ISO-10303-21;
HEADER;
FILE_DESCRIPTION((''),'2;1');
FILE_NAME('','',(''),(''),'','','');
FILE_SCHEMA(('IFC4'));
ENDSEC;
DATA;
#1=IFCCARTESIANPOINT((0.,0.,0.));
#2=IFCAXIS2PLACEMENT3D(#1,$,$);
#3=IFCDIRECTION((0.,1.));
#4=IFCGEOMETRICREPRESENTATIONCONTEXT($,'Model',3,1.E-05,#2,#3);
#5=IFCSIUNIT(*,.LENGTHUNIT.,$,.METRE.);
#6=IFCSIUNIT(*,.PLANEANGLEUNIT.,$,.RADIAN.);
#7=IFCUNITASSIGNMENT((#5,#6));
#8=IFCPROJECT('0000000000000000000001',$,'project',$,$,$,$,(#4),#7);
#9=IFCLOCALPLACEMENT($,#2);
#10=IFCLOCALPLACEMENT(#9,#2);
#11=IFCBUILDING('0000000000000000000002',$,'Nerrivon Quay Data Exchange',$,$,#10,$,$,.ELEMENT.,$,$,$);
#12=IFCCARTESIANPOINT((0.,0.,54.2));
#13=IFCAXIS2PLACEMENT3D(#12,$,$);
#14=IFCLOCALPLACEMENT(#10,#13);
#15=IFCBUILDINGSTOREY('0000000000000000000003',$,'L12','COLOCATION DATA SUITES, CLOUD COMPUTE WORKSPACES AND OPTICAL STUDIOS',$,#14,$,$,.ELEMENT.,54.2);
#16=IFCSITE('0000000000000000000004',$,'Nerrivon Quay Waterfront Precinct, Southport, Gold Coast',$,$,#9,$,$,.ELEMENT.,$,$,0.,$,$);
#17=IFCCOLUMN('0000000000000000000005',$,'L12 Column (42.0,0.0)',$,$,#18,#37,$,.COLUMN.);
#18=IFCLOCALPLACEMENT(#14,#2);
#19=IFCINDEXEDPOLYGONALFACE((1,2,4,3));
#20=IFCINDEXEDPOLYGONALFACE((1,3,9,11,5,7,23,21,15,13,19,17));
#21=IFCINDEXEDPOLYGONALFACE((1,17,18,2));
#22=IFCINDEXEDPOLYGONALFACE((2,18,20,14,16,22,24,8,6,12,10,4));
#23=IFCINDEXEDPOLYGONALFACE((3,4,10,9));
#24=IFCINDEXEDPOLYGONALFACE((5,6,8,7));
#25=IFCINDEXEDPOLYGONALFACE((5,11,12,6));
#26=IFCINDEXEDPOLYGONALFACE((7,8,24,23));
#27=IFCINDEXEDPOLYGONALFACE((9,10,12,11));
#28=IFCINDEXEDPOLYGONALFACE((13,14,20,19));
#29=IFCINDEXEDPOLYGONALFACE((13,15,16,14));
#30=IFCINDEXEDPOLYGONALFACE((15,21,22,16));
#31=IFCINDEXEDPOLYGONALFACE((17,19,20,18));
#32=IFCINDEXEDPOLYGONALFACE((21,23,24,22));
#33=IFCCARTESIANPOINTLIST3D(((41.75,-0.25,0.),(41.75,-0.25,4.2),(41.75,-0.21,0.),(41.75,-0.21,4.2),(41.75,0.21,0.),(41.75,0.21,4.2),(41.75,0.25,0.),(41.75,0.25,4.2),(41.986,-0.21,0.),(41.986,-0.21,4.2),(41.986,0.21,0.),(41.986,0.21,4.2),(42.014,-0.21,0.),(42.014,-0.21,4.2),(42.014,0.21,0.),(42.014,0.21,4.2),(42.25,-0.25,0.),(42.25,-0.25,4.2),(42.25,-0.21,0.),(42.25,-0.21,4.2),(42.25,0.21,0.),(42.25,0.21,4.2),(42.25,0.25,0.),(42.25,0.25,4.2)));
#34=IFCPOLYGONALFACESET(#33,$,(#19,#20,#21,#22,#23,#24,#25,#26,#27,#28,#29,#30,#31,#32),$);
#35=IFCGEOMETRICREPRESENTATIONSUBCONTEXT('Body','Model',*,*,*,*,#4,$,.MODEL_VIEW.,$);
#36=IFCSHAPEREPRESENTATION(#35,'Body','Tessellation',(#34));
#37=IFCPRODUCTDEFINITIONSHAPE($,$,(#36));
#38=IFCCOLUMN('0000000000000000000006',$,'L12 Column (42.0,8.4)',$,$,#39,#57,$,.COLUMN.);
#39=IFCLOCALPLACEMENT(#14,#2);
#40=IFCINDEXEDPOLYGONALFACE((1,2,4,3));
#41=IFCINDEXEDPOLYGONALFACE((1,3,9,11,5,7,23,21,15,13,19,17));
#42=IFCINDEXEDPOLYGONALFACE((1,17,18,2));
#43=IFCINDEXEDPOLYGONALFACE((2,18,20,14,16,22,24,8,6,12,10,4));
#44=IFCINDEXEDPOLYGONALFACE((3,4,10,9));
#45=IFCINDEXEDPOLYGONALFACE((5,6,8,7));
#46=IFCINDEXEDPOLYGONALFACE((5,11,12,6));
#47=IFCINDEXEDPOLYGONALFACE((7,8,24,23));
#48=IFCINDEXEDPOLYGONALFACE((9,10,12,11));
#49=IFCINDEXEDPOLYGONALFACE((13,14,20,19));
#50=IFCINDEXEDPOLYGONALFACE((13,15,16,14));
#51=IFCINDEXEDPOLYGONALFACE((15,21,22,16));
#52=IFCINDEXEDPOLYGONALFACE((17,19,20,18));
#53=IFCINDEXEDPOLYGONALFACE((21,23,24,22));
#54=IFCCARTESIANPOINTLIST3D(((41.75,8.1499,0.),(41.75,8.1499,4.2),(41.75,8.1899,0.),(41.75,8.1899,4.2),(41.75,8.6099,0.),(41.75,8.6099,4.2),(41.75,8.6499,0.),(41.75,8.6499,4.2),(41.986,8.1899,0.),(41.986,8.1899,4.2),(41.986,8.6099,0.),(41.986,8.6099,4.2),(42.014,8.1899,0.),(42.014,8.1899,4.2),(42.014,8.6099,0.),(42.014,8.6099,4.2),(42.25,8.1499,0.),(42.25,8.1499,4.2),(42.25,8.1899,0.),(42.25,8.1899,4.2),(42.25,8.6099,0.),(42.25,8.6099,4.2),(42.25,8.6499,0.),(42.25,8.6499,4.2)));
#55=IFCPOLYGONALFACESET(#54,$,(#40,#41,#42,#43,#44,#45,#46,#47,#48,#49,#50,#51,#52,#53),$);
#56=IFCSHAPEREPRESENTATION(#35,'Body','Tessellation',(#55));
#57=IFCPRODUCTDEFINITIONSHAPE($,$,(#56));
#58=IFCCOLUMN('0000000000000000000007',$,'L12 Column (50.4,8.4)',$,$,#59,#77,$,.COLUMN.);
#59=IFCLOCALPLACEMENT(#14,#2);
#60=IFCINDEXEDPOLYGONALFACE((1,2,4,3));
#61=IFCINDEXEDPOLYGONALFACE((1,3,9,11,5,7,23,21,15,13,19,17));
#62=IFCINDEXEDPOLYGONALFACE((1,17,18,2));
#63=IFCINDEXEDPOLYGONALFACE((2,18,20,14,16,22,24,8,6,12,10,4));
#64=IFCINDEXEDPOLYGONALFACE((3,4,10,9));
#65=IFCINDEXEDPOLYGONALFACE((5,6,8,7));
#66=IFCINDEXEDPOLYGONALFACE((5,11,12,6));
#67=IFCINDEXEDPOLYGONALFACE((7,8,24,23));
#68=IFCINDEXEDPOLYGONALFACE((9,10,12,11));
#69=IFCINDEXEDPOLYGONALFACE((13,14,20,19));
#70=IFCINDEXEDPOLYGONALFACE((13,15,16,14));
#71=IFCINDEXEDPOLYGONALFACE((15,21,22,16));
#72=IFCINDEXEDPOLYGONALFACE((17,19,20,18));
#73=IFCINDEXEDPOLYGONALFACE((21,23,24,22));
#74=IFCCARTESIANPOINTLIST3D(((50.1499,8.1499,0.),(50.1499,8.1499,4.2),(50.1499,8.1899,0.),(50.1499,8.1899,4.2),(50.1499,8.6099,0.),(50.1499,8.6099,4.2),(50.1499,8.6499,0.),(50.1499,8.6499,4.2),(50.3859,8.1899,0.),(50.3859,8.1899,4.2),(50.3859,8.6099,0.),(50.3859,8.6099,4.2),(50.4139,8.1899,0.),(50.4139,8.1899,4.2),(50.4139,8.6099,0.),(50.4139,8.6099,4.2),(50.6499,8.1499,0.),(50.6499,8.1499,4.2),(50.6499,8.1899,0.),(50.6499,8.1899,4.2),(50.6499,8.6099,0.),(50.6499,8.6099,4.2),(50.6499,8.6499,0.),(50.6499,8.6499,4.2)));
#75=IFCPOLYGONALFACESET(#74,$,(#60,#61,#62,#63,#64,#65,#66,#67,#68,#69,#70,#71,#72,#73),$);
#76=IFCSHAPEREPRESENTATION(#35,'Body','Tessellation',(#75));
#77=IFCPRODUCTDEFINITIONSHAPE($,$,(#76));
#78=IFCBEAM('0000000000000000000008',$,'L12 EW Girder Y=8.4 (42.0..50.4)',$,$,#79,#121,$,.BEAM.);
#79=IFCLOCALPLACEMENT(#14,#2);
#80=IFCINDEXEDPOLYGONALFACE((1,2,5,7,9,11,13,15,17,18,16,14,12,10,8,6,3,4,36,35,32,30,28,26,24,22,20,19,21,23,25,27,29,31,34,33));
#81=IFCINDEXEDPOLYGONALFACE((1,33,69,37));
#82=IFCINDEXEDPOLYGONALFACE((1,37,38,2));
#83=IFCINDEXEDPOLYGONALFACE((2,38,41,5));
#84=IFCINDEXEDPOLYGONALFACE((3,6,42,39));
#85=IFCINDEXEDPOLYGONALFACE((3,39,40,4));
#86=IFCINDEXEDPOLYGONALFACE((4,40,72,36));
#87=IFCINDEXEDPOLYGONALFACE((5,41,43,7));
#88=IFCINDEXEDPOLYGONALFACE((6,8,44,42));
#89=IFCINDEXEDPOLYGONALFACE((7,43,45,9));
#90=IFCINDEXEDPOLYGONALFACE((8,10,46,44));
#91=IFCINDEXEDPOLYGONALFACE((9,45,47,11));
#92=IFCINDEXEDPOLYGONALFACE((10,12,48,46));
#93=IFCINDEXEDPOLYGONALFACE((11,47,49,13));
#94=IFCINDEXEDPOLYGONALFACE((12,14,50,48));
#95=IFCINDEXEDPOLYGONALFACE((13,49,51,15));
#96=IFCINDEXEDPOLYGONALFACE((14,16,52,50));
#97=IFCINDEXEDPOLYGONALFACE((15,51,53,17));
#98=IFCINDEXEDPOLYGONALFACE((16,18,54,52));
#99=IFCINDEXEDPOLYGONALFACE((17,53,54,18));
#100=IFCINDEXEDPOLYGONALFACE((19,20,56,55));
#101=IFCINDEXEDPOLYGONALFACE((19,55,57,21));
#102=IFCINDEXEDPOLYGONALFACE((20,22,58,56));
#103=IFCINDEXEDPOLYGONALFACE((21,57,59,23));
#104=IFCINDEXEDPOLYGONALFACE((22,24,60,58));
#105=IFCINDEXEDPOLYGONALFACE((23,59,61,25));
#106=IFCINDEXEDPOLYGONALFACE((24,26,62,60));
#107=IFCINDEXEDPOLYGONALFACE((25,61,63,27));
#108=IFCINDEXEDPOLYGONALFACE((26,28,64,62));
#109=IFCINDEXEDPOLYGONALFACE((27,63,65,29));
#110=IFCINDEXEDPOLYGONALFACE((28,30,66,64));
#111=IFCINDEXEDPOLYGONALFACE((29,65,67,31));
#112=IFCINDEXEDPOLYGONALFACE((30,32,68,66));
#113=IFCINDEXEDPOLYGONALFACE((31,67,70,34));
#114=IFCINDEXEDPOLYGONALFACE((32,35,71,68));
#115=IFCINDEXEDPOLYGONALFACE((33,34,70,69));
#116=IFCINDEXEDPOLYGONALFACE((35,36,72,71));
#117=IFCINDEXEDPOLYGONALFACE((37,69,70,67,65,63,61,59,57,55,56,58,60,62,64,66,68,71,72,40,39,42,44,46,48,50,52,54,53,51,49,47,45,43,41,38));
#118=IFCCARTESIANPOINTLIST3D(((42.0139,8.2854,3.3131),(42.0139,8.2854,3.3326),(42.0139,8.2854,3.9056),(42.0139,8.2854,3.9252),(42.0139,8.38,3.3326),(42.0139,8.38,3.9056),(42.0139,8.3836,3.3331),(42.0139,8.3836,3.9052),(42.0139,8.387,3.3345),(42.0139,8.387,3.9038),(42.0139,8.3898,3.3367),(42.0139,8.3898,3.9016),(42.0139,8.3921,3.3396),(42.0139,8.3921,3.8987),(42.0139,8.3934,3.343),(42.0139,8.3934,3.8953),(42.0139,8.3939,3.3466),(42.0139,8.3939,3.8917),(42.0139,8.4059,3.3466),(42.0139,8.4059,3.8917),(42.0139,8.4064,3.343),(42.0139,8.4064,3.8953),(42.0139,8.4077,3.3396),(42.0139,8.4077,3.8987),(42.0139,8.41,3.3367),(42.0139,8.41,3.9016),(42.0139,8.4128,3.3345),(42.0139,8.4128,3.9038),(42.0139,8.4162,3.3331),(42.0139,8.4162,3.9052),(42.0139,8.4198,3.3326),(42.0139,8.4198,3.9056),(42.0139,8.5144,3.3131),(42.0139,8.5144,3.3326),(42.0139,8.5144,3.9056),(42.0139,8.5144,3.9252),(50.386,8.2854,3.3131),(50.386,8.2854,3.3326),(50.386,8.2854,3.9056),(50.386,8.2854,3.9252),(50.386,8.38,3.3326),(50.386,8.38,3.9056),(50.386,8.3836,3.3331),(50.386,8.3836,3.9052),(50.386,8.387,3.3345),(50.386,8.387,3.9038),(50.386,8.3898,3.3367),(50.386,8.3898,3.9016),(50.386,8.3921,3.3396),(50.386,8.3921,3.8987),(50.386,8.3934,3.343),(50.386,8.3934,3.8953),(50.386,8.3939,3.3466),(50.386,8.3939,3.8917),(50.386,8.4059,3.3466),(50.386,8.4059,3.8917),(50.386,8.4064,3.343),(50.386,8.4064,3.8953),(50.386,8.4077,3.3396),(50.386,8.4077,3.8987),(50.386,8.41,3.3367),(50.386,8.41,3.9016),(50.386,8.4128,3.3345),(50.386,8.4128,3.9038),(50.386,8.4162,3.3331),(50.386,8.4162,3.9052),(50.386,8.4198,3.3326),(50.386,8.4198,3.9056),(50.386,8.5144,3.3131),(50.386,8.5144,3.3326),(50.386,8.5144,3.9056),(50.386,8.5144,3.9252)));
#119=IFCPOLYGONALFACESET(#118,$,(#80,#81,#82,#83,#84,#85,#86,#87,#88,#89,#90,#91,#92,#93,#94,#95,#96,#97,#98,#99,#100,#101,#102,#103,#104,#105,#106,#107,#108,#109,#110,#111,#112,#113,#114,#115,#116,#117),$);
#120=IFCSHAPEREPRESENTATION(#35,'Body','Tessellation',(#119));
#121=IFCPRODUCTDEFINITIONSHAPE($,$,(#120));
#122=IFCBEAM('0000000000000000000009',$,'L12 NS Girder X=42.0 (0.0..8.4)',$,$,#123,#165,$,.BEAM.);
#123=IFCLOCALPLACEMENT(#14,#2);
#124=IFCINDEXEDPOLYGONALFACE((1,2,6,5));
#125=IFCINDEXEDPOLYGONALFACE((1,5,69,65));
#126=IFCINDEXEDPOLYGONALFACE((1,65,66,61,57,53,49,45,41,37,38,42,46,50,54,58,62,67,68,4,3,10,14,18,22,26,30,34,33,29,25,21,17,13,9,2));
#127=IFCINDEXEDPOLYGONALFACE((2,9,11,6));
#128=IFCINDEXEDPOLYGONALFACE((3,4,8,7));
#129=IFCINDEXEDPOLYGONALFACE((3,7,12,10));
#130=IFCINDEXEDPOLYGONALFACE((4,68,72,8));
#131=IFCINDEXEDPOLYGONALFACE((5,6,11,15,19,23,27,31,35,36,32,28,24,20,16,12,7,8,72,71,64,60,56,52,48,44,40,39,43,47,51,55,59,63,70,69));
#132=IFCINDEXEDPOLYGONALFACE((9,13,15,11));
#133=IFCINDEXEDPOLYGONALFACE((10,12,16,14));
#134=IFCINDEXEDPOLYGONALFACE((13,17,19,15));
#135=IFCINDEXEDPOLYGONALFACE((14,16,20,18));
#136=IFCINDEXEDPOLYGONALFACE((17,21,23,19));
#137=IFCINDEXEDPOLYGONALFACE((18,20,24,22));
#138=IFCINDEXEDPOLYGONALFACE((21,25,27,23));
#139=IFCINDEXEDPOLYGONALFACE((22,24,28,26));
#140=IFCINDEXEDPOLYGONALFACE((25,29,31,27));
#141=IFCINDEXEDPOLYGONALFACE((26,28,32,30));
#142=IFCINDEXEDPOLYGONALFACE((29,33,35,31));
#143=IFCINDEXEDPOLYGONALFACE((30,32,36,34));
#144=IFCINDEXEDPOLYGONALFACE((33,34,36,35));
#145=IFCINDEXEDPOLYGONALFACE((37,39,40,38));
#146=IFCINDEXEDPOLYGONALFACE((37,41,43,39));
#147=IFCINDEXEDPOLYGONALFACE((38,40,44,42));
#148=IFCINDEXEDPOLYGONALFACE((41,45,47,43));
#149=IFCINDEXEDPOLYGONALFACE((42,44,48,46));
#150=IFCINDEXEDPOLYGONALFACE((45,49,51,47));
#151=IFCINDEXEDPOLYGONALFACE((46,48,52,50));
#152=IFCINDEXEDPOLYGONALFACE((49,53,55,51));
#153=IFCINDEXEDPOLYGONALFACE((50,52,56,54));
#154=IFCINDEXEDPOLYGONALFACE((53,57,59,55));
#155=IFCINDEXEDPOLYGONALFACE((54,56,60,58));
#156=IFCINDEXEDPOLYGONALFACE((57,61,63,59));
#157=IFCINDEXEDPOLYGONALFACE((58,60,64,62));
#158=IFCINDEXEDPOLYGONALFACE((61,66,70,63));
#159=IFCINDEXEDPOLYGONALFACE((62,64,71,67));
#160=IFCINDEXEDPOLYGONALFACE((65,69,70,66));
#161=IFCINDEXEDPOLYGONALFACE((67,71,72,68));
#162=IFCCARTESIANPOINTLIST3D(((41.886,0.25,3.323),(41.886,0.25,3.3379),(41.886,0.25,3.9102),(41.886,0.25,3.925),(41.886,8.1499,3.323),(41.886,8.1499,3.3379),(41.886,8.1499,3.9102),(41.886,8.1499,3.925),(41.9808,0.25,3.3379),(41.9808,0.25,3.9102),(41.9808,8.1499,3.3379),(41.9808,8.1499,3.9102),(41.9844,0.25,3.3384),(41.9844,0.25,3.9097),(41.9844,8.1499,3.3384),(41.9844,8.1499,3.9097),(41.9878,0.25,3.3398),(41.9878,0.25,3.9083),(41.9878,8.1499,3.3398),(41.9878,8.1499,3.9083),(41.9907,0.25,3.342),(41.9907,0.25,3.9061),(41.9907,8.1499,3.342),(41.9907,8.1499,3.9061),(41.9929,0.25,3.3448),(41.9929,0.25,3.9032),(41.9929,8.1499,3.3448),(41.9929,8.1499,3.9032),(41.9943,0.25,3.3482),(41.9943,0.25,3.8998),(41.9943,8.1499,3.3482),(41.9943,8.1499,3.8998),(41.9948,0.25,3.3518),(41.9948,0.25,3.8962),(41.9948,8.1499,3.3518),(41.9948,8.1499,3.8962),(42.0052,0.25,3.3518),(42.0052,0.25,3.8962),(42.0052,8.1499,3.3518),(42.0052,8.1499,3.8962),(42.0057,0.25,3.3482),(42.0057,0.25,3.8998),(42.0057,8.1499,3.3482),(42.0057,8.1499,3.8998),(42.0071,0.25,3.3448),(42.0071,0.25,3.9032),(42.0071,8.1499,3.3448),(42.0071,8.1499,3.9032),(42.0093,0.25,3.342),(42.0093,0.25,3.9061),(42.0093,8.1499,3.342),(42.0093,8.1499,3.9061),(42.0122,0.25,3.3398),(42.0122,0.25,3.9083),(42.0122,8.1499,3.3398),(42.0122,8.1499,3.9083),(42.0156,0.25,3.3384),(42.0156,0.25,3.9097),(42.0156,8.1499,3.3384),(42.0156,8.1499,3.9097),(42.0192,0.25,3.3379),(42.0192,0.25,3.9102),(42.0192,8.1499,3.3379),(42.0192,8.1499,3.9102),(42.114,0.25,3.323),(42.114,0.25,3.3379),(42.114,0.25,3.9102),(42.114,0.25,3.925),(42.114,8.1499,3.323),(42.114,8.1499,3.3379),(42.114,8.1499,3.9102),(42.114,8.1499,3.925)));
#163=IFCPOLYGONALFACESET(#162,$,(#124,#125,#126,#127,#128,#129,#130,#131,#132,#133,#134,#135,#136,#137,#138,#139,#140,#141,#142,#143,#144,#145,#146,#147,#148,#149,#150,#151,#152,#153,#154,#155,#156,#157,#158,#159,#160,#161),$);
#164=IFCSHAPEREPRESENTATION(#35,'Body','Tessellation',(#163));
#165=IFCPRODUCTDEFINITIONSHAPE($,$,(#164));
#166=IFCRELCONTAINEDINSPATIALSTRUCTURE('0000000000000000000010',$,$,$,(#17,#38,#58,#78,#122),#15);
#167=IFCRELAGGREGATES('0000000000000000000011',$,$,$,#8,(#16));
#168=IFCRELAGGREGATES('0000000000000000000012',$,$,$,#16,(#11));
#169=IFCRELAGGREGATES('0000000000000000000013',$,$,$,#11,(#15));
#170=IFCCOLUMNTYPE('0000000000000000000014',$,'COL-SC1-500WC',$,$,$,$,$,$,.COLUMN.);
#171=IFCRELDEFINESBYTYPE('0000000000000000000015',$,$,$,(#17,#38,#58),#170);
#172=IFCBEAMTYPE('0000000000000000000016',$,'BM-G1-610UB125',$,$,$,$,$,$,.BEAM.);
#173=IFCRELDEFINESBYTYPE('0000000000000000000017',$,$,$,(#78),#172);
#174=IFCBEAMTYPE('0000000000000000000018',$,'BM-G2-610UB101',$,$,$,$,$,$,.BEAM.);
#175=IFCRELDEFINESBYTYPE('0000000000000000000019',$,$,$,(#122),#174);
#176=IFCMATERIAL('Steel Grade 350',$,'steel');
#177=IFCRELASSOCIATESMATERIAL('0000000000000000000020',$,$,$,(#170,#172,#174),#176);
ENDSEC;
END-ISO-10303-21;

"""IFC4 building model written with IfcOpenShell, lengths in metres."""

from ifc_helpers import new_model, si_unit, direction, frame, origin, origin_2d, place, context, subcontext, project, spatial, i_section, extrude, material, material_profile, profile_set, type_object, element, save


model = new_model("IFC4")

# Units and contexts
model_context = context("Model", 3, precision=1e-05, world=origin(), true_north=direction((0.0, 1.0)))
body_context = subcontext(model_context, "Body", "Model", "MODEL_VIEW")
ifc_project = project(units=[si_unit("LENGTHUNIT", "METRE"), si_unit("PLANEANGLEUNIT", "RADIAN")], contexts=[model_context])

# Site, building, storey
site_placement = place(None, origin())
site = spatial("IfcSite", under=ifc_project, at=site_placement, Name="Nerrivon Quay Waterfront Precinct, Southport, Gold Coast", CompositionType="ELEMENT", RefElevation=0.0)
building_placement = place(site_placement, origin())
building = spatial("IfcBuilding", under=site, at=building_placement, Name="Nerrivon Quay Data Exchange", CompositionType="ELEMENT")
storey_placement = place(building_placement, frame((0.0, 0.0, 54.2)))
storey = spatial("IfcBuildingStorey", under=building, at=storey_placement, Name="L12", Description="COLOCATION DATA SUITES, CLOUD COMPUTE WORKSPACES AND OPTICAL STUDIOS", CompositionType="ELEMENT", Elevation=54.2)

# Columns
ifc_material_1 = material(Name="Steel Grade 350", Category="steel")
ifc_material_profile_1 = material_profile(ifc_material_1, i_section(OverallWidth=0.5, OverallDepth=0.5, WebThickness=0.0281, FlangeThickness=0.04, at=origin_2d()), Name="500WC440")
ifc_profile_set_1 = profile_set([ifc_material_profile_1], Name="Steel Grade 350")
column_type = type_object("IfcColumnType", Name="COL-SC1-500WC", PredefinedType="COLUMN", material=ifc_profile_set_1)
for number, where, z_axis, x_axis, name in (
    (1, (42.0, 0.0, 0.0), (0.0, 0.0, 1.0), (1.0, 0.0, 0.0), "L12 Column (42.0,0.0)"),
    (2, (42.0, 8.3999, 0.0), (0.0, 0.0, 1.0), (1.0, 0.0, 0.0), "L12 Column (42.0,8.4)"),
    (3, (50.3999, 8.3999, 0.0), (0.0, 0.0, 1.0), (1.0, 0.0, 0.0), "L12 Column (50.4,8.4)"),
):
    element("IfcColumn", number, at=place(storey_placement, frame(where, z_axis=z_axis, x_axis=x_axis)), inside=storey, type_object=column_type, Name=name, PredefinedType="COLUMN", context=body_context, shape_type="SweptSolid", body=[
        extrude(i_section(OverallWidth=0.5, OverallDepth=0.5, WebThickness=0.0281, FlangeThickness=0.04, at=origin_2d()), origin(), (0.0, 0.0, 1.0), 4.2),
    ])

# Beams
ifc_material_profile_2 = material_profile(ifc_material_1, i_section(OverallWidth=0.229, OverallDepth=0.6121, WebThickness=0.012, FlangeThickness=0.0195, FilletRadius=0.0139, at=origin_2d()), Name="610UB125")
ifc_profile_set_2 = profile_set([ifc_material_profile_2], Name="Steel Grade 350")
beam_type_1 = type_object("IfcBeamType", Name="BM-G1-610UB125", PredefinedType="BEAM", material=ifc_profile_set_2)
beam_1_placement = place(storey_placement, frame((42.0139, 8.3999, 3.6191), z_axis=(1.0, 0.0, 0.0), x_axis=(0.0, 1.0, 0.0)))
element("IfcBeam", 4, at=beam_1_placement, inside=storey, type_object=beam_type_1, Name="L12 EW Girder Y=8.4 (42.0..50.4)", PredefinedType="BEAM", context=body_context, shape_type="SweptSolid", body=[
    extrude(i_section(OverallWidth=0.229, OverallDepth=0.6121, WebThickness=0.012, FlangeThickness=0.0195, FilletRadius=0.0139, at=origin_2d()), origin(), (0.0, 0.0, 1.0), 8.3721),
])
ifc_material_profile_3 = material_profile(ifc_material_1, i_section(OverallWidth=0.228, OverallDepth=0.6021, WebThickness=0.0105, FlangeThickness=0.0149, FilletRadius=0.0139, at=origin_2d()), Name="610UB101")
ifc_profile_set_3 = profile_set([ifc_material_profile_3], Name="Steel Grade 350")
beam_type_2 = type_object("IfcBeamType", Name="BM-G2-610UB101", PredefinedType="BEAM", material=ifc_profile_set_3)
beam_2_placement = place(storey_placement, frame((42.0, 0.25, 3.624), z_axis=(0.0, 1.0, 0.0), x_axis=(-1.0, 0.0, 0.0)))
element("IfcBeam", 5, at=beam_2_placement, inside=storey, type_object=beam_type_2, Name="L12 NS Girder X=42.0 (0.0..8.4)", PredefinedType="BEAM", context=body_context, shape_type="SweptSolid", body=[
    extrude(i_section(OverallWidth=0.228, OverallDepth=0.6021, WebThickness=0.0105, FlangeThickness=0.0149, FilletRadius=0.0139, at=origin_2d()), origin(), (0.0, 0.0, 1.0), 7.8999),
])

save(model, "model.ifc")
